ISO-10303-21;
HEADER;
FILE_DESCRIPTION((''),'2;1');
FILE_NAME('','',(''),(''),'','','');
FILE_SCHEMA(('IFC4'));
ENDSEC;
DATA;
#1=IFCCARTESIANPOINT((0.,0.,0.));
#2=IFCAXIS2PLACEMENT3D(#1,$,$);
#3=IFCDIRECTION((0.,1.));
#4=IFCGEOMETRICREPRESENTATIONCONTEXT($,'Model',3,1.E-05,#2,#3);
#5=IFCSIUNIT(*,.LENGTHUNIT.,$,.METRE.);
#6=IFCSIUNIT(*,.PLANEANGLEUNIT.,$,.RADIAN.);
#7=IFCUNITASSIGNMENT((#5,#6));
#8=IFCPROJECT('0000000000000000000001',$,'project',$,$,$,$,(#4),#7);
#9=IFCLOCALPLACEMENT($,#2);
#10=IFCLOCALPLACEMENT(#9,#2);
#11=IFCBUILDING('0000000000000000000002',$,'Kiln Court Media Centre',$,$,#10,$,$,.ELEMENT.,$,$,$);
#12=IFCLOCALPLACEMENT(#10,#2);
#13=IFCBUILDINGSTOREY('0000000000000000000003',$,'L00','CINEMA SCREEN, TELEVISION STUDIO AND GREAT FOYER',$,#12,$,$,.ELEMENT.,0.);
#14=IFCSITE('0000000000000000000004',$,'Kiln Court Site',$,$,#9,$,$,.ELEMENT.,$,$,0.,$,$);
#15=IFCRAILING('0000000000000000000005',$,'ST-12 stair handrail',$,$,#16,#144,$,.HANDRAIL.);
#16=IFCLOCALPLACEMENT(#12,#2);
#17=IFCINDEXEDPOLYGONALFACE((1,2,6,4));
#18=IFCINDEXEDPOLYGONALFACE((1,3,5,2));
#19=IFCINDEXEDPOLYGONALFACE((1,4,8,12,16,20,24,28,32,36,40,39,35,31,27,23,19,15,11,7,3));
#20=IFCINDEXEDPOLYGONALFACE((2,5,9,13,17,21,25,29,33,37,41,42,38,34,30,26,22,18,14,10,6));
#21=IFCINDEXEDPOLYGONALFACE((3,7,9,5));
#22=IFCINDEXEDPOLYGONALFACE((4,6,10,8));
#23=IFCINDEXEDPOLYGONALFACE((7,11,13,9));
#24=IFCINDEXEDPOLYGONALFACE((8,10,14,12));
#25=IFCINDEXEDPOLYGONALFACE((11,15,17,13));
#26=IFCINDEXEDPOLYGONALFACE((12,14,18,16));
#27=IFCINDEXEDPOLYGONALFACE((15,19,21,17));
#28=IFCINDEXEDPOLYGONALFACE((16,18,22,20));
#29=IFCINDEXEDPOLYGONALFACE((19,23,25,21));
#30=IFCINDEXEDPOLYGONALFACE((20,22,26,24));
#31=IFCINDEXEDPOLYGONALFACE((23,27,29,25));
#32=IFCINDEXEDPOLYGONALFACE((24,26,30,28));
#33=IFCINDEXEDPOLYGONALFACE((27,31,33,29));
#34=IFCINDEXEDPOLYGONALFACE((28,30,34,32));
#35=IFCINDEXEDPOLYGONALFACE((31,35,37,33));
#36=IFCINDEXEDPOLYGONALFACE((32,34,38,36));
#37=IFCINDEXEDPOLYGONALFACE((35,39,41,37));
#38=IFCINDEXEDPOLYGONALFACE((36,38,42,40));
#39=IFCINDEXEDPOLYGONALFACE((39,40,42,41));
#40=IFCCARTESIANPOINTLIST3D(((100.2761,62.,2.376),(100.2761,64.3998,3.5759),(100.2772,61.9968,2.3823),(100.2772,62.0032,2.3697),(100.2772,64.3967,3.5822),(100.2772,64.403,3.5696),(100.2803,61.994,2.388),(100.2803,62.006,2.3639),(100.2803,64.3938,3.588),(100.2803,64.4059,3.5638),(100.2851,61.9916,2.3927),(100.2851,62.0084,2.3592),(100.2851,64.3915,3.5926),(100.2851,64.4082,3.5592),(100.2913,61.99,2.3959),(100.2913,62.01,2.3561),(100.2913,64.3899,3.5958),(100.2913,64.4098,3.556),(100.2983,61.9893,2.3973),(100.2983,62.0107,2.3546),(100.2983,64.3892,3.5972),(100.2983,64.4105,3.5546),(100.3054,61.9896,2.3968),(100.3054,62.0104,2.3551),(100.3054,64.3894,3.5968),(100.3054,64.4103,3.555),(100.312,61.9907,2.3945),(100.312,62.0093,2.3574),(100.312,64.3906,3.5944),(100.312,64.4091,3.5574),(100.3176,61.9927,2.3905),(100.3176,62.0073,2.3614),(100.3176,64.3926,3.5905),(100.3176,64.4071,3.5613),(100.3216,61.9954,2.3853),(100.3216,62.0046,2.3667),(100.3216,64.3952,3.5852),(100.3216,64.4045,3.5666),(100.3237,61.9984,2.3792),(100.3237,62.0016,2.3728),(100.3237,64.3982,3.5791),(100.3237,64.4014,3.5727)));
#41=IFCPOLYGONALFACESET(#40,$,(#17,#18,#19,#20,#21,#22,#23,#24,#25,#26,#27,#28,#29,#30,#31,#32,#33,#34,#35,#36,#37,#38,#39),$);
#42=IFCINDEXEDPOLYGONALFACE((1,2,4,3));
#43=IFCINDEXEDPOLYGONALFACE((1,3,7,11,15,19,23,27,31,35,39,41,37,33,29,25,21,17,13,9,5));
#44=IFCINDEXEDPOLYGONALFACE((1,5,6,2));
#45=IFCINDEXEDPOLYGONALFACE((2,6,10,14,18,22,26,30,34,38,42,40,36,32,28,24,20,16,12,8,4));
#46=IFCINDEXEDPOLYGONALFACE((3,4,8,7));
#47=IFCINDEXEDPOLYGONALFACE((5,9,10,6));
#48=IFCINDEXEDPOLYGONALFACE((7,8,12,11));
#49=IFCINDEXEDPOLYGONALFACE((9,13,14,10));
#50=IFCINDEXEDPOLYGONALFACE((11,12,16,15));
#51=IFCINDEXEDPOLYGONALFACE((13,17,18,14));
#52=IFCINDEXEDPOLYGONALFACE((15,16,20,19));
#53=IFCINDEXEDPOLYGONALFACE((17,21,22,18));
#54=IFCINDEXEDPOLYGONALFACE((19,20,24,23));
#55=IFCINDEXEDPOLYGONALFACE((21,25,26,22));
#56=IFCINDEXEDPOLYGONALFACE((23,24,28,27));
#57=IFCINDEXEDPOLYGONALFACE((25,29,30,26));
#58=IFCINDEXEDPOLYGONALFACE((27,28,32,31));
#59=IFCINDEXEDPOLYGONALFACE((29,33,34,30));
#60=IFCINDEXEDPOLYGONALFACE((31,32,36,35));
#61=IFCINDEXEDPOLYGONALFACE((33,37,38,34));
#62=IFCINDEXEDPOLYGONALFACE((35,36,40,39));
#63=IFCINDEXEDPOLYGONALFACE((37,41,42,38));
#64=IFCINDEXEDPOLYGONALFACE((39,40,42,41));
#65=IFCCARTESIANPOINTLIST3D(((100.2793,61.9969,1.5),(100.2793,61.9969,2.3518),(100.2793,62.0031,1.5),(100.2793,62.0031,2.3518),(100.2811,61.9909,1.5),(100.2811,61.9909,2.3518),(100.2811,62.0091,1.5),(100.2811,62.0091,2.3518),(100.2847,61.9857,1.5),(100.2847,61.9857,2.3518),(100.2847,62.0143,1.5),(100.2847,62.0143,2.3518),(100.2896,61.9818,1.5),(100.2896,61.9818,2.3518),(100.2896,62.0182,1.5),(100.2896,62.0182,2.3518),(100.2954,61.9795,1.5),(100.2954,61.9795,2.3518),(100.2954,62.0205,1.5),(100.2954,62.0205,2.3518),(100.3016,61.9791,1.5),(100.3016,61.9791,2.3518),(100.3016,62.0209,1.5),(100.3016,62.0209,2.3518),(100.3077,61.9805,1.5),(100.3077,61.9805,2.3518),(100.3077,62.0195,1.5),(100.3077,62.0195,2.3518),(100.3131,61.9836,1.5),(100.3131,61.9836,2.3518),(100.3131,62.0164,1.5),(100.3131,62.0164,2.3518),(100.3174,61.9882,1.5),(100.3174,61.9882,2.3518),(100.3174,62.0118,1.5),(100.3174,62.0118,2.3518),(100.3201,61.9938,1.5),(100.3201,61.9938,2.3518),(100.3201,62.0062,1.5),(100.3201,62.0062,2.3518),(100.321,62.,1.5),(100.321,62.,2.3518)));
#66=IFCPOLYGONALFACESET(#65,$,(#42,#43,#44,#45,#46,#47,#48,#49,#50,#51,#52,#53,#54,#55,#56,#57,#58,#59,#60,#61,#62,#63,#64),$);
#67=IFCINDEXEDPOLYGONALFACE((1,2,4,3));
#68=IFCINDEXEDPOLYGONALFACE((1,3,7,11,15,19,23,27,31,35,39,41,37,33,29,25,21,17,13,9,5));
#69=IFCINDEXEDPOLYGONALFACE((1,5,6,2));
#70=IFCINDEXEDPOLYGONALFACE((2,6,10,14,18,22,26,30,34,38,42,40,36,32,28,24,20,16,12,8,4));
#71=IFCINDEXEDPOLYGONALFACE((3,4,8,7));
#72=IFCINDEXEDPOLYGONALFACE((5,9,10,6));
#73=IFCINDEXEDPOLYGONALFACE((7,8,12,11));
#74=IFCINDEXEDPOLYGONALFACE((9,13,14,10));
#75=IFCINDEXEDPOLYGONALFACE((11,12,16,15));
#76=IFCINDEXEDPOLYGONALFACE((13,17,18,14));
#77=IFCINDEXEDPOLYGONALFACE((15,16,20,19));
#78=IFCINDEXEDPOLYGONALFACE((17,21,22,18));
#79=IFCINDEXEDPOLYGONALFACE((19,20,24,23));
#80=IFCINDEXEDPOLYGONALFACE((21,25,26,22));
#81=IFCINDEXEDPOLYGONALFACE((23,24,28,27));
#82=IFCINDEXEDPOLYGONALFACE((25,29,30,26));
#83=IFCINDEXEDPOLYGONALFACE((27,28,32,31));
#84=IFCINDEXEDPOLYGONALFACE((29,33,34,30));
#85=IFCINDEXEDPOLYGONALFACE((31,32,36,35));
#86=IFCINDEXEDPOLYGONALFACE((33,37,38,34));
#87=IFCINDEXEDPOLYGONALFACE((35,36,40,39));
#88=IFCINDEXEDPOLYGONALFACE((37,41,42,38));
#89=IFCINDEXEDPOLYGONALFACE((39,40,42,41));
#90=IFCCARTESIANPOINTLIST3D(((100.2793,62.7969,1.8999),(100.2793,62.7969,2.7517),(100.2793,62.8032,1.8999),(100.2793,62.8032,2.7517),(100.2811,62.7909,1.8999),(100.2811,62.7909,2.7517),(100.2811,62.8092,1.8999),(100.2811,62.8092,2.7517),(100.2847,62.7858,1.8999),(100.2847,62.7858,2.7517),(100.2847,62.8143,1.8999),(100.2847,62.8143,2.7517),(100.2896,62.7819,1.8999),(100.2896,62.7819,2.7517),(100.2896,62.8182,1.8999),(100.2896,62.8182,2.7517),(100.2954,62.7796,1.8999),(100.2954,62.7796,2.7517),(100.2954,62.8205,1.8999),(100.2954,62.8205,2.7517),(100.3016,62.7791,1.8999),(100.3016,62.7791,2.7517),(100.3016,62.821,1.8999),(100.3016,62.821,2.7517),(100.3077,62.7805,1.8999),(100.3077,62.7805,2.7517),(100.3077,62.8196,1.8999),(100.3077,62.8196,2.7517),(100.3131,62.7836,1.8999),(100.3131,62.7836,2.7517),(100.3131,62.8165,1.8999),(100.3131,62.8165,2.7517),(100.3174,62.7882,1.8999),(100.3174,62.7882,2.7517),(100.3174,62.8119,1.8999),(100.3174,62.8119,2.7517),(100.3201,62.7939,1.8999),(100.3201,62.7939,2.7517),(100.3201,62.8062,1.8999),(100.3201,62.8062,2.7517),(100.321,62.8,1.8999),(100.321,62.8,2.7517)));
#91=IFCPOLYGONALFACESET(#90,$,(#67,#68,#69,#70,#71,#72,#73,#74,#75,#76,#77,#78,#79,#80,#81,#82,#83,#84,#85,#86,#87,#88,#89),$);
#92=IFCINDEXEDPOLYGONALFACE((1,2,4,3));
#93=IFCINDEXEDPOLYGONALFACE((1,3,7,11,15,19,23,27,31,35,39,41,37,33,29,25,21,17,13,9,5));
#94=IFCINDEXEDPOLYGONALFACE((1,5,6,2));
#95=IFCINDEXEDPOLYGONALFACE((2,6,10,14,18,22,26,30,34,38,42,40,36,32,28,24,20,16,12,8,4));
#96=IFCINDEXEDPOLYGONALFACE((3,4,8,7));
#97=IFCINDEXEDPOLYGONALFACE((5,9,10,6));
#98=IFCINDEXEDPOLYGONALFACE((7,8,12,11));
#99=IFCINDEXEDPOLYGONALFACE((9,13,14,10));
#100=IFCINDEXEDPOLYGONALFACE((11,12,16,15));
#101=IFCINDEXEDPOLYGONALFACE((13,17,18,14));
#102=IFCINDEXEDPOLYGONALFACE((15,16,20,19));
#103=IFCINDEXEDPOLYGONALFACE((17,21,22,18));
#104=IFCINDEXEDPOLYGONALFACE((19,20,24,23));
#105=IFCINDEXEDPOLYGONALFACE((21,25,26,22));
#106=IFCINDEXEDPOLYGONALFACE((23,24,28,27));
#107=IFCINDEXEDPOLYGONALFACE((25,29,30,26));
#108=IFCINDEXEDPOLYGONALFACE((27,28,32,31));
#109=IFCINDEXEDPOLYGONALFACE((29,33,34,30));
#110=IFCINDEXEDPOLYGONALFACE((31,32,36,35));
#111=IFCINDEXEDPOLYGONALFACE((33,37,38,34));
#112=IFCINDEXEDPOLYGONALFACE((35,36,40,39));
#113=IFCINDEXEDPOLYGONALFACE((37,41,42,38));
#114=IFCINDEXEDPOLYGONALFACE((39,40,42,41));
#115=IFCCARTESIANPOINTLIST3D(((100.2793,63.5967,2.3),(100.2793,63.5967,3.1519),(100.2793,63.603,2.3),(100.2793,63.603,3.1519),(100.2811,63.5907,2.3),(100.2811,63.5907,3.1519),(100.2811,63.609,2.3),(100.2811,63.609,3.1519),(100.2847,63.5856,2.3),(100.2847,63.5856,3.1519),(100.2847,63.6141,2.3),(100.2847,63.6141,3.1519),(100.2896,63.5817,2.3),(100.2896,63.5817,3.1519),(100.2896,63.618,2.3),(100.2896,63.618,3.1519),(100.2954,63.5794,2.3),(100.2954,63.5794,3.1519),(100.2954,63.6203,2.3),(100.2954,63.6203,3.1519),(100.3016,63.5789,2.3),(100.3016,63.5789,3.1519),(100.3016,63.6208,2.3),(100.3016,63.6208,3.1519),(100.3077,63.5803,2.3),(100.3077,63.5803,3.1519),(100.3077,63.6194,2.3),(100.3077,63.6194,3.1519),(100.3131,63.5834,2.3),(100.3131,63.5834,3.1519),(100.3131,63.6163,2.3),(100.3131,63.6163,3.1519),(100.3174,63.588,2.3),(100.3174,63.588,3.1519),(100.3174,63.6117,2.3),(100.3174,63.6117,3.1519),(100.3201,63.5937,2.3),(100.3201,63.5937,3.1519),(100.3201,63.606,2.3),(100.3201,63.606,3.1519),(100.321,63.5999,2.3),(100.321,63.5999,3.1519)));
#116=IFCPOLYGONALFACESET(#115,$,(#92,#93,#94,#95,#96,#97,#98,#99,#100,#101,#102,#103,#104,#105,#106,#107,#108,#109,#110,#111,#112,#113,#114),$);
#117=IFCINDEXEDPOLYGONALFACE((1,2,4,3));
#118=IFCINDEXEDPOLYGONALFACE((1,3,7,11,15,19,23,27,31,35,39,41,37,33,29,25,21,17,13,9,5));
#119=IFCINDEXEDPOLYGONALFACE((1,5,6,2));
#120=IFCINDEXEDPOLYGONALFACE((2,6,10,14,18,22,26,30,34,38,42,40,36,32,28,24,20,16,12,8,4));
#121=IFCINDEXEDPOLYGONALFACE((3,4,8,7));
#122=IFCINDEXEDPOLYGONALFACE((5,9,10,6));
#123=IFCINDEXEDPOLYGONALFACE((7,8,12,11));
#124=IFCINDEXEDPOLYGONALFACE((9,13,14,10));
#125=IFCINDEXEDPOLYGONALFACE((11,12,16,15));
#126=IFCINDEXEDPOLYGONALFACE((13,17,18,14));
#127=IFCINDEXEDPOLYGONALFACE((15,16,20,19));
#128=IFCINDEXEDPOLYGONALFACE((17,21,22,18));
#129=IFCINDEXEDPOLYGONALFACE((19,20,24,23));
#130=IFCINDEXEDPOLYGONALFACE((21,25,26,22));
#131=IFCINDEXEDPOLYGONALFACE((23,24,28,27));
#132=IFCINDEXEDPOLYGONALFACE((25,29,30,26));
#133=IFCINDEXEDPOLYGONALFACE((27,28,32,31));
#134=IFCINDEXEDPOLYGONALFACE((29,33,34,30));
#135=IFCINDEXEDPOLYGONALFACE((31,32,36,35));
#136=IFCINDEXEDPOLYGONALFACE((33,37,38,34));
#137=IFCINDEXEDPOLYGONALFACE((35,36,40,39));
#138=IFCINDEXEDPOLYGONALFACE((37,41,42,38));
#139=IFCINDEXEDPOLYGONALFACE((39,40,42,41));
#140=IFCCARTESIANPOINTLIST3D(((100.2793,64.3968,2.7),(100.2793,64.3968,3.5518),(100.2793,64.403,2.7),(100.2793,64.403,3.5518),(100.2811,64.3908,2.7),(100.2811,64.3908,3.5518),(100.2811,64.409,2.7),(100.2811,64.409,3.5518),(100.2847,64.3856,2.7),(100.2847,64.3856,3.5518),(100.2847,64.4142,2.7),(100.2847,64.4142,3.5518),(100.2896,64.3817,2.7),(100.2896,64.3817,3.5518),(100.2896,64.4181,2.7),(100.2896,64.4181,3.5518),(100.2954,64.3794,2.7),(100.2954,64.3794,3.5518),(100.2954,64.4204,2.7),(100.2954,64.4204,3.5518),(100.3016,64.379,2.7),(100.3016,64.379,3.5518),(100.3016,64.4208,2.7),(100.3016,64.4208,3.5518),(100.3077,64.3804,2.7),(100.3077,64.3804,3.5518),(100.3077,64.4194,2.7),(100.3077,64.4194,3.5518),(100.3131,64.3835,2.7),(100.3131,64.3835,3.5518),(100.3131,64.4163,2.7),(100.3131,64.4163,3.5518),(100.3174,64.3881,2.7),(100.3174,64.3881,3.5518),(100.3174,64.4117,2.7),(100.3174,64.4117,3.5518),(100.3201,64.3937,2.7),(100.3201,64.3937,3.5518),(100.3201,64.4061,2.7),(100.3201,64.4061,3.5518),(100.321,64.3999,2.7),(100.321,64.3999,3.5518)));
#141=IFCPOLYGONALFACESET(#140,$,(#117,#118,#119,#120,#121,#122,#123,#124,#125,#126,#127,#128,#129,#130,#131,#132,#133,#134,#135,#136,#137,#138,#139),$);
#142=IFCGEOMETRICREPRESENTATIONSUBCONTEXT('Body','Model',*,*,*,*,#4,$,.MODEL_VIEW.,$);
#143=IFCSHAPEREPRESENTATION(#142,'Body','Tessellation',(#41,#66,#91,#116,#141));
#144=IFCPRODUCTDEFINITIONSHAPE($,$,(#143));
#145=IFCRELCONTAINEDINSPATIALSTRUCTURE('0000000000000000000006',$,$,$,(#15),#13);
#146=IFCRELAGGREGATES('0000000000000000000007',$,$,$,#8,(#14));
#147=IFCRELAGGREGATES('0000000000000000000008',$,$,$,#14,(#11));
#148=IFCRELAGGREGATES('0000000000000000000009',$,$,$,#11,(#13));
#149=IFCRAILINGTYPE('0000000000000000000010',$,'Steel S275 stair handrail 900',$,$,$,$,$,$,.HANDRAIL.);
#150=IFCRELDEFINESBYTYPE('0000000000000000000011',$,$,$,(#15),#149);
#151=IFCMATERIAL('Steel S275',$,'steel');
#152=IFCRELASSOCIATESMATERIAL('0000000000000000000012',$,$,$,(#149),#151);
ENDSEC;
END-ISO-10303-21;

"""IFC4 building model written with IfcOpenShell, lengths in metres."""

from ifc_helpers import new_model, si_unit, direction, frame, origin, origin_2d, place, context, subcontext, project, spatial, circle, extrude, material, type_object, element, save


model = new_model("IFC4")

# Units and contexts
model_context = context("Model", 3, precision=1e-05, world=origin(), true_north=direction((0.0, 1.0)))
body_context = subcontext(model_context, "Body", "Model", "MODEL_VIEW")
ifc_project = project(units=[si_unit("LENGTHUNIT", "METRE"), si_unit("PLANEANGLEUNIT", "RADIAN")], contexts=[model_context])

# Site, building, storey
site_placement = place(None, origin())
site = spatial("IfcSite", under=ifc_project, at=site_placement, Name="Kiln Court Site", CompositionType="ELEMENT", RefElevation=0.0)
building_placement = place(site_placement, origin())
building = spatial("IfcBuilding", under=site, at=building_placement, Name="Kiln Court Media Centre", CompositionType="ELEMENT")
storey_placement = place(building_placement, origin())
storey = spatial("IfcBuildingStorey", under=building, at=storey_placement, Name="L00", Description="CINEMA SCREEN, TELEVISION STUDIO AND GREAT FOYER", CompositionType="ELEMENT", Elevation=0.0)

# Railing
ifc_material_1 = material(Name="Steel S275", Category="steel")
railing_type_1 = type_object("IfcRailingType", Name="Steel S275 stair handrail 900", PredefinedType="HANDRAIL", material=ifc_material_1)
railing_1_placement = place(storey_placement, frame((100.3, 62.0, 1.5)))
element("IfcRailing", 1, at=railing_1_placement, inside=storey, type_object=railing_type_1, Name="ST-12 stair handrail", PredefinedType="HANDRAIL", context=body_context, shape_type="SweptSolid", body=[
    extrude(circle(Radius=0.0239, at=origin_2d()), frame((0.0, 0.0, 0.876), z_axis=(0.0, 0.894427, 0.447214), x_axis=(-1.0, 0.0, 0.0)), (0.0, 0.0, 1.0), 2.6831),
    extrude(circle(Radius=0.021, at=origin_2d()), origin(), (0.0, 0.0, 1.0), 0.8518),
    extrude(circle(Radius=0.021, at=origin_2d()), frame((0.0, 0.8, 0.3999)), (0.0, 0.0, 1.0), 0.8518),
    extrude(circle(Radius=0.021, at=origin_2d()), frame((0.0, 1.5999, 0.8)), (0.0, 0.0, 1.0), 0.8518),
    extrude(circle(Radius=0.021, at=origin_2d()), frame((0.0, 2.3999, 1.2)), (0.0, 0.0, 1.0), 0.8518),
])

save(model, "model.ifc")
